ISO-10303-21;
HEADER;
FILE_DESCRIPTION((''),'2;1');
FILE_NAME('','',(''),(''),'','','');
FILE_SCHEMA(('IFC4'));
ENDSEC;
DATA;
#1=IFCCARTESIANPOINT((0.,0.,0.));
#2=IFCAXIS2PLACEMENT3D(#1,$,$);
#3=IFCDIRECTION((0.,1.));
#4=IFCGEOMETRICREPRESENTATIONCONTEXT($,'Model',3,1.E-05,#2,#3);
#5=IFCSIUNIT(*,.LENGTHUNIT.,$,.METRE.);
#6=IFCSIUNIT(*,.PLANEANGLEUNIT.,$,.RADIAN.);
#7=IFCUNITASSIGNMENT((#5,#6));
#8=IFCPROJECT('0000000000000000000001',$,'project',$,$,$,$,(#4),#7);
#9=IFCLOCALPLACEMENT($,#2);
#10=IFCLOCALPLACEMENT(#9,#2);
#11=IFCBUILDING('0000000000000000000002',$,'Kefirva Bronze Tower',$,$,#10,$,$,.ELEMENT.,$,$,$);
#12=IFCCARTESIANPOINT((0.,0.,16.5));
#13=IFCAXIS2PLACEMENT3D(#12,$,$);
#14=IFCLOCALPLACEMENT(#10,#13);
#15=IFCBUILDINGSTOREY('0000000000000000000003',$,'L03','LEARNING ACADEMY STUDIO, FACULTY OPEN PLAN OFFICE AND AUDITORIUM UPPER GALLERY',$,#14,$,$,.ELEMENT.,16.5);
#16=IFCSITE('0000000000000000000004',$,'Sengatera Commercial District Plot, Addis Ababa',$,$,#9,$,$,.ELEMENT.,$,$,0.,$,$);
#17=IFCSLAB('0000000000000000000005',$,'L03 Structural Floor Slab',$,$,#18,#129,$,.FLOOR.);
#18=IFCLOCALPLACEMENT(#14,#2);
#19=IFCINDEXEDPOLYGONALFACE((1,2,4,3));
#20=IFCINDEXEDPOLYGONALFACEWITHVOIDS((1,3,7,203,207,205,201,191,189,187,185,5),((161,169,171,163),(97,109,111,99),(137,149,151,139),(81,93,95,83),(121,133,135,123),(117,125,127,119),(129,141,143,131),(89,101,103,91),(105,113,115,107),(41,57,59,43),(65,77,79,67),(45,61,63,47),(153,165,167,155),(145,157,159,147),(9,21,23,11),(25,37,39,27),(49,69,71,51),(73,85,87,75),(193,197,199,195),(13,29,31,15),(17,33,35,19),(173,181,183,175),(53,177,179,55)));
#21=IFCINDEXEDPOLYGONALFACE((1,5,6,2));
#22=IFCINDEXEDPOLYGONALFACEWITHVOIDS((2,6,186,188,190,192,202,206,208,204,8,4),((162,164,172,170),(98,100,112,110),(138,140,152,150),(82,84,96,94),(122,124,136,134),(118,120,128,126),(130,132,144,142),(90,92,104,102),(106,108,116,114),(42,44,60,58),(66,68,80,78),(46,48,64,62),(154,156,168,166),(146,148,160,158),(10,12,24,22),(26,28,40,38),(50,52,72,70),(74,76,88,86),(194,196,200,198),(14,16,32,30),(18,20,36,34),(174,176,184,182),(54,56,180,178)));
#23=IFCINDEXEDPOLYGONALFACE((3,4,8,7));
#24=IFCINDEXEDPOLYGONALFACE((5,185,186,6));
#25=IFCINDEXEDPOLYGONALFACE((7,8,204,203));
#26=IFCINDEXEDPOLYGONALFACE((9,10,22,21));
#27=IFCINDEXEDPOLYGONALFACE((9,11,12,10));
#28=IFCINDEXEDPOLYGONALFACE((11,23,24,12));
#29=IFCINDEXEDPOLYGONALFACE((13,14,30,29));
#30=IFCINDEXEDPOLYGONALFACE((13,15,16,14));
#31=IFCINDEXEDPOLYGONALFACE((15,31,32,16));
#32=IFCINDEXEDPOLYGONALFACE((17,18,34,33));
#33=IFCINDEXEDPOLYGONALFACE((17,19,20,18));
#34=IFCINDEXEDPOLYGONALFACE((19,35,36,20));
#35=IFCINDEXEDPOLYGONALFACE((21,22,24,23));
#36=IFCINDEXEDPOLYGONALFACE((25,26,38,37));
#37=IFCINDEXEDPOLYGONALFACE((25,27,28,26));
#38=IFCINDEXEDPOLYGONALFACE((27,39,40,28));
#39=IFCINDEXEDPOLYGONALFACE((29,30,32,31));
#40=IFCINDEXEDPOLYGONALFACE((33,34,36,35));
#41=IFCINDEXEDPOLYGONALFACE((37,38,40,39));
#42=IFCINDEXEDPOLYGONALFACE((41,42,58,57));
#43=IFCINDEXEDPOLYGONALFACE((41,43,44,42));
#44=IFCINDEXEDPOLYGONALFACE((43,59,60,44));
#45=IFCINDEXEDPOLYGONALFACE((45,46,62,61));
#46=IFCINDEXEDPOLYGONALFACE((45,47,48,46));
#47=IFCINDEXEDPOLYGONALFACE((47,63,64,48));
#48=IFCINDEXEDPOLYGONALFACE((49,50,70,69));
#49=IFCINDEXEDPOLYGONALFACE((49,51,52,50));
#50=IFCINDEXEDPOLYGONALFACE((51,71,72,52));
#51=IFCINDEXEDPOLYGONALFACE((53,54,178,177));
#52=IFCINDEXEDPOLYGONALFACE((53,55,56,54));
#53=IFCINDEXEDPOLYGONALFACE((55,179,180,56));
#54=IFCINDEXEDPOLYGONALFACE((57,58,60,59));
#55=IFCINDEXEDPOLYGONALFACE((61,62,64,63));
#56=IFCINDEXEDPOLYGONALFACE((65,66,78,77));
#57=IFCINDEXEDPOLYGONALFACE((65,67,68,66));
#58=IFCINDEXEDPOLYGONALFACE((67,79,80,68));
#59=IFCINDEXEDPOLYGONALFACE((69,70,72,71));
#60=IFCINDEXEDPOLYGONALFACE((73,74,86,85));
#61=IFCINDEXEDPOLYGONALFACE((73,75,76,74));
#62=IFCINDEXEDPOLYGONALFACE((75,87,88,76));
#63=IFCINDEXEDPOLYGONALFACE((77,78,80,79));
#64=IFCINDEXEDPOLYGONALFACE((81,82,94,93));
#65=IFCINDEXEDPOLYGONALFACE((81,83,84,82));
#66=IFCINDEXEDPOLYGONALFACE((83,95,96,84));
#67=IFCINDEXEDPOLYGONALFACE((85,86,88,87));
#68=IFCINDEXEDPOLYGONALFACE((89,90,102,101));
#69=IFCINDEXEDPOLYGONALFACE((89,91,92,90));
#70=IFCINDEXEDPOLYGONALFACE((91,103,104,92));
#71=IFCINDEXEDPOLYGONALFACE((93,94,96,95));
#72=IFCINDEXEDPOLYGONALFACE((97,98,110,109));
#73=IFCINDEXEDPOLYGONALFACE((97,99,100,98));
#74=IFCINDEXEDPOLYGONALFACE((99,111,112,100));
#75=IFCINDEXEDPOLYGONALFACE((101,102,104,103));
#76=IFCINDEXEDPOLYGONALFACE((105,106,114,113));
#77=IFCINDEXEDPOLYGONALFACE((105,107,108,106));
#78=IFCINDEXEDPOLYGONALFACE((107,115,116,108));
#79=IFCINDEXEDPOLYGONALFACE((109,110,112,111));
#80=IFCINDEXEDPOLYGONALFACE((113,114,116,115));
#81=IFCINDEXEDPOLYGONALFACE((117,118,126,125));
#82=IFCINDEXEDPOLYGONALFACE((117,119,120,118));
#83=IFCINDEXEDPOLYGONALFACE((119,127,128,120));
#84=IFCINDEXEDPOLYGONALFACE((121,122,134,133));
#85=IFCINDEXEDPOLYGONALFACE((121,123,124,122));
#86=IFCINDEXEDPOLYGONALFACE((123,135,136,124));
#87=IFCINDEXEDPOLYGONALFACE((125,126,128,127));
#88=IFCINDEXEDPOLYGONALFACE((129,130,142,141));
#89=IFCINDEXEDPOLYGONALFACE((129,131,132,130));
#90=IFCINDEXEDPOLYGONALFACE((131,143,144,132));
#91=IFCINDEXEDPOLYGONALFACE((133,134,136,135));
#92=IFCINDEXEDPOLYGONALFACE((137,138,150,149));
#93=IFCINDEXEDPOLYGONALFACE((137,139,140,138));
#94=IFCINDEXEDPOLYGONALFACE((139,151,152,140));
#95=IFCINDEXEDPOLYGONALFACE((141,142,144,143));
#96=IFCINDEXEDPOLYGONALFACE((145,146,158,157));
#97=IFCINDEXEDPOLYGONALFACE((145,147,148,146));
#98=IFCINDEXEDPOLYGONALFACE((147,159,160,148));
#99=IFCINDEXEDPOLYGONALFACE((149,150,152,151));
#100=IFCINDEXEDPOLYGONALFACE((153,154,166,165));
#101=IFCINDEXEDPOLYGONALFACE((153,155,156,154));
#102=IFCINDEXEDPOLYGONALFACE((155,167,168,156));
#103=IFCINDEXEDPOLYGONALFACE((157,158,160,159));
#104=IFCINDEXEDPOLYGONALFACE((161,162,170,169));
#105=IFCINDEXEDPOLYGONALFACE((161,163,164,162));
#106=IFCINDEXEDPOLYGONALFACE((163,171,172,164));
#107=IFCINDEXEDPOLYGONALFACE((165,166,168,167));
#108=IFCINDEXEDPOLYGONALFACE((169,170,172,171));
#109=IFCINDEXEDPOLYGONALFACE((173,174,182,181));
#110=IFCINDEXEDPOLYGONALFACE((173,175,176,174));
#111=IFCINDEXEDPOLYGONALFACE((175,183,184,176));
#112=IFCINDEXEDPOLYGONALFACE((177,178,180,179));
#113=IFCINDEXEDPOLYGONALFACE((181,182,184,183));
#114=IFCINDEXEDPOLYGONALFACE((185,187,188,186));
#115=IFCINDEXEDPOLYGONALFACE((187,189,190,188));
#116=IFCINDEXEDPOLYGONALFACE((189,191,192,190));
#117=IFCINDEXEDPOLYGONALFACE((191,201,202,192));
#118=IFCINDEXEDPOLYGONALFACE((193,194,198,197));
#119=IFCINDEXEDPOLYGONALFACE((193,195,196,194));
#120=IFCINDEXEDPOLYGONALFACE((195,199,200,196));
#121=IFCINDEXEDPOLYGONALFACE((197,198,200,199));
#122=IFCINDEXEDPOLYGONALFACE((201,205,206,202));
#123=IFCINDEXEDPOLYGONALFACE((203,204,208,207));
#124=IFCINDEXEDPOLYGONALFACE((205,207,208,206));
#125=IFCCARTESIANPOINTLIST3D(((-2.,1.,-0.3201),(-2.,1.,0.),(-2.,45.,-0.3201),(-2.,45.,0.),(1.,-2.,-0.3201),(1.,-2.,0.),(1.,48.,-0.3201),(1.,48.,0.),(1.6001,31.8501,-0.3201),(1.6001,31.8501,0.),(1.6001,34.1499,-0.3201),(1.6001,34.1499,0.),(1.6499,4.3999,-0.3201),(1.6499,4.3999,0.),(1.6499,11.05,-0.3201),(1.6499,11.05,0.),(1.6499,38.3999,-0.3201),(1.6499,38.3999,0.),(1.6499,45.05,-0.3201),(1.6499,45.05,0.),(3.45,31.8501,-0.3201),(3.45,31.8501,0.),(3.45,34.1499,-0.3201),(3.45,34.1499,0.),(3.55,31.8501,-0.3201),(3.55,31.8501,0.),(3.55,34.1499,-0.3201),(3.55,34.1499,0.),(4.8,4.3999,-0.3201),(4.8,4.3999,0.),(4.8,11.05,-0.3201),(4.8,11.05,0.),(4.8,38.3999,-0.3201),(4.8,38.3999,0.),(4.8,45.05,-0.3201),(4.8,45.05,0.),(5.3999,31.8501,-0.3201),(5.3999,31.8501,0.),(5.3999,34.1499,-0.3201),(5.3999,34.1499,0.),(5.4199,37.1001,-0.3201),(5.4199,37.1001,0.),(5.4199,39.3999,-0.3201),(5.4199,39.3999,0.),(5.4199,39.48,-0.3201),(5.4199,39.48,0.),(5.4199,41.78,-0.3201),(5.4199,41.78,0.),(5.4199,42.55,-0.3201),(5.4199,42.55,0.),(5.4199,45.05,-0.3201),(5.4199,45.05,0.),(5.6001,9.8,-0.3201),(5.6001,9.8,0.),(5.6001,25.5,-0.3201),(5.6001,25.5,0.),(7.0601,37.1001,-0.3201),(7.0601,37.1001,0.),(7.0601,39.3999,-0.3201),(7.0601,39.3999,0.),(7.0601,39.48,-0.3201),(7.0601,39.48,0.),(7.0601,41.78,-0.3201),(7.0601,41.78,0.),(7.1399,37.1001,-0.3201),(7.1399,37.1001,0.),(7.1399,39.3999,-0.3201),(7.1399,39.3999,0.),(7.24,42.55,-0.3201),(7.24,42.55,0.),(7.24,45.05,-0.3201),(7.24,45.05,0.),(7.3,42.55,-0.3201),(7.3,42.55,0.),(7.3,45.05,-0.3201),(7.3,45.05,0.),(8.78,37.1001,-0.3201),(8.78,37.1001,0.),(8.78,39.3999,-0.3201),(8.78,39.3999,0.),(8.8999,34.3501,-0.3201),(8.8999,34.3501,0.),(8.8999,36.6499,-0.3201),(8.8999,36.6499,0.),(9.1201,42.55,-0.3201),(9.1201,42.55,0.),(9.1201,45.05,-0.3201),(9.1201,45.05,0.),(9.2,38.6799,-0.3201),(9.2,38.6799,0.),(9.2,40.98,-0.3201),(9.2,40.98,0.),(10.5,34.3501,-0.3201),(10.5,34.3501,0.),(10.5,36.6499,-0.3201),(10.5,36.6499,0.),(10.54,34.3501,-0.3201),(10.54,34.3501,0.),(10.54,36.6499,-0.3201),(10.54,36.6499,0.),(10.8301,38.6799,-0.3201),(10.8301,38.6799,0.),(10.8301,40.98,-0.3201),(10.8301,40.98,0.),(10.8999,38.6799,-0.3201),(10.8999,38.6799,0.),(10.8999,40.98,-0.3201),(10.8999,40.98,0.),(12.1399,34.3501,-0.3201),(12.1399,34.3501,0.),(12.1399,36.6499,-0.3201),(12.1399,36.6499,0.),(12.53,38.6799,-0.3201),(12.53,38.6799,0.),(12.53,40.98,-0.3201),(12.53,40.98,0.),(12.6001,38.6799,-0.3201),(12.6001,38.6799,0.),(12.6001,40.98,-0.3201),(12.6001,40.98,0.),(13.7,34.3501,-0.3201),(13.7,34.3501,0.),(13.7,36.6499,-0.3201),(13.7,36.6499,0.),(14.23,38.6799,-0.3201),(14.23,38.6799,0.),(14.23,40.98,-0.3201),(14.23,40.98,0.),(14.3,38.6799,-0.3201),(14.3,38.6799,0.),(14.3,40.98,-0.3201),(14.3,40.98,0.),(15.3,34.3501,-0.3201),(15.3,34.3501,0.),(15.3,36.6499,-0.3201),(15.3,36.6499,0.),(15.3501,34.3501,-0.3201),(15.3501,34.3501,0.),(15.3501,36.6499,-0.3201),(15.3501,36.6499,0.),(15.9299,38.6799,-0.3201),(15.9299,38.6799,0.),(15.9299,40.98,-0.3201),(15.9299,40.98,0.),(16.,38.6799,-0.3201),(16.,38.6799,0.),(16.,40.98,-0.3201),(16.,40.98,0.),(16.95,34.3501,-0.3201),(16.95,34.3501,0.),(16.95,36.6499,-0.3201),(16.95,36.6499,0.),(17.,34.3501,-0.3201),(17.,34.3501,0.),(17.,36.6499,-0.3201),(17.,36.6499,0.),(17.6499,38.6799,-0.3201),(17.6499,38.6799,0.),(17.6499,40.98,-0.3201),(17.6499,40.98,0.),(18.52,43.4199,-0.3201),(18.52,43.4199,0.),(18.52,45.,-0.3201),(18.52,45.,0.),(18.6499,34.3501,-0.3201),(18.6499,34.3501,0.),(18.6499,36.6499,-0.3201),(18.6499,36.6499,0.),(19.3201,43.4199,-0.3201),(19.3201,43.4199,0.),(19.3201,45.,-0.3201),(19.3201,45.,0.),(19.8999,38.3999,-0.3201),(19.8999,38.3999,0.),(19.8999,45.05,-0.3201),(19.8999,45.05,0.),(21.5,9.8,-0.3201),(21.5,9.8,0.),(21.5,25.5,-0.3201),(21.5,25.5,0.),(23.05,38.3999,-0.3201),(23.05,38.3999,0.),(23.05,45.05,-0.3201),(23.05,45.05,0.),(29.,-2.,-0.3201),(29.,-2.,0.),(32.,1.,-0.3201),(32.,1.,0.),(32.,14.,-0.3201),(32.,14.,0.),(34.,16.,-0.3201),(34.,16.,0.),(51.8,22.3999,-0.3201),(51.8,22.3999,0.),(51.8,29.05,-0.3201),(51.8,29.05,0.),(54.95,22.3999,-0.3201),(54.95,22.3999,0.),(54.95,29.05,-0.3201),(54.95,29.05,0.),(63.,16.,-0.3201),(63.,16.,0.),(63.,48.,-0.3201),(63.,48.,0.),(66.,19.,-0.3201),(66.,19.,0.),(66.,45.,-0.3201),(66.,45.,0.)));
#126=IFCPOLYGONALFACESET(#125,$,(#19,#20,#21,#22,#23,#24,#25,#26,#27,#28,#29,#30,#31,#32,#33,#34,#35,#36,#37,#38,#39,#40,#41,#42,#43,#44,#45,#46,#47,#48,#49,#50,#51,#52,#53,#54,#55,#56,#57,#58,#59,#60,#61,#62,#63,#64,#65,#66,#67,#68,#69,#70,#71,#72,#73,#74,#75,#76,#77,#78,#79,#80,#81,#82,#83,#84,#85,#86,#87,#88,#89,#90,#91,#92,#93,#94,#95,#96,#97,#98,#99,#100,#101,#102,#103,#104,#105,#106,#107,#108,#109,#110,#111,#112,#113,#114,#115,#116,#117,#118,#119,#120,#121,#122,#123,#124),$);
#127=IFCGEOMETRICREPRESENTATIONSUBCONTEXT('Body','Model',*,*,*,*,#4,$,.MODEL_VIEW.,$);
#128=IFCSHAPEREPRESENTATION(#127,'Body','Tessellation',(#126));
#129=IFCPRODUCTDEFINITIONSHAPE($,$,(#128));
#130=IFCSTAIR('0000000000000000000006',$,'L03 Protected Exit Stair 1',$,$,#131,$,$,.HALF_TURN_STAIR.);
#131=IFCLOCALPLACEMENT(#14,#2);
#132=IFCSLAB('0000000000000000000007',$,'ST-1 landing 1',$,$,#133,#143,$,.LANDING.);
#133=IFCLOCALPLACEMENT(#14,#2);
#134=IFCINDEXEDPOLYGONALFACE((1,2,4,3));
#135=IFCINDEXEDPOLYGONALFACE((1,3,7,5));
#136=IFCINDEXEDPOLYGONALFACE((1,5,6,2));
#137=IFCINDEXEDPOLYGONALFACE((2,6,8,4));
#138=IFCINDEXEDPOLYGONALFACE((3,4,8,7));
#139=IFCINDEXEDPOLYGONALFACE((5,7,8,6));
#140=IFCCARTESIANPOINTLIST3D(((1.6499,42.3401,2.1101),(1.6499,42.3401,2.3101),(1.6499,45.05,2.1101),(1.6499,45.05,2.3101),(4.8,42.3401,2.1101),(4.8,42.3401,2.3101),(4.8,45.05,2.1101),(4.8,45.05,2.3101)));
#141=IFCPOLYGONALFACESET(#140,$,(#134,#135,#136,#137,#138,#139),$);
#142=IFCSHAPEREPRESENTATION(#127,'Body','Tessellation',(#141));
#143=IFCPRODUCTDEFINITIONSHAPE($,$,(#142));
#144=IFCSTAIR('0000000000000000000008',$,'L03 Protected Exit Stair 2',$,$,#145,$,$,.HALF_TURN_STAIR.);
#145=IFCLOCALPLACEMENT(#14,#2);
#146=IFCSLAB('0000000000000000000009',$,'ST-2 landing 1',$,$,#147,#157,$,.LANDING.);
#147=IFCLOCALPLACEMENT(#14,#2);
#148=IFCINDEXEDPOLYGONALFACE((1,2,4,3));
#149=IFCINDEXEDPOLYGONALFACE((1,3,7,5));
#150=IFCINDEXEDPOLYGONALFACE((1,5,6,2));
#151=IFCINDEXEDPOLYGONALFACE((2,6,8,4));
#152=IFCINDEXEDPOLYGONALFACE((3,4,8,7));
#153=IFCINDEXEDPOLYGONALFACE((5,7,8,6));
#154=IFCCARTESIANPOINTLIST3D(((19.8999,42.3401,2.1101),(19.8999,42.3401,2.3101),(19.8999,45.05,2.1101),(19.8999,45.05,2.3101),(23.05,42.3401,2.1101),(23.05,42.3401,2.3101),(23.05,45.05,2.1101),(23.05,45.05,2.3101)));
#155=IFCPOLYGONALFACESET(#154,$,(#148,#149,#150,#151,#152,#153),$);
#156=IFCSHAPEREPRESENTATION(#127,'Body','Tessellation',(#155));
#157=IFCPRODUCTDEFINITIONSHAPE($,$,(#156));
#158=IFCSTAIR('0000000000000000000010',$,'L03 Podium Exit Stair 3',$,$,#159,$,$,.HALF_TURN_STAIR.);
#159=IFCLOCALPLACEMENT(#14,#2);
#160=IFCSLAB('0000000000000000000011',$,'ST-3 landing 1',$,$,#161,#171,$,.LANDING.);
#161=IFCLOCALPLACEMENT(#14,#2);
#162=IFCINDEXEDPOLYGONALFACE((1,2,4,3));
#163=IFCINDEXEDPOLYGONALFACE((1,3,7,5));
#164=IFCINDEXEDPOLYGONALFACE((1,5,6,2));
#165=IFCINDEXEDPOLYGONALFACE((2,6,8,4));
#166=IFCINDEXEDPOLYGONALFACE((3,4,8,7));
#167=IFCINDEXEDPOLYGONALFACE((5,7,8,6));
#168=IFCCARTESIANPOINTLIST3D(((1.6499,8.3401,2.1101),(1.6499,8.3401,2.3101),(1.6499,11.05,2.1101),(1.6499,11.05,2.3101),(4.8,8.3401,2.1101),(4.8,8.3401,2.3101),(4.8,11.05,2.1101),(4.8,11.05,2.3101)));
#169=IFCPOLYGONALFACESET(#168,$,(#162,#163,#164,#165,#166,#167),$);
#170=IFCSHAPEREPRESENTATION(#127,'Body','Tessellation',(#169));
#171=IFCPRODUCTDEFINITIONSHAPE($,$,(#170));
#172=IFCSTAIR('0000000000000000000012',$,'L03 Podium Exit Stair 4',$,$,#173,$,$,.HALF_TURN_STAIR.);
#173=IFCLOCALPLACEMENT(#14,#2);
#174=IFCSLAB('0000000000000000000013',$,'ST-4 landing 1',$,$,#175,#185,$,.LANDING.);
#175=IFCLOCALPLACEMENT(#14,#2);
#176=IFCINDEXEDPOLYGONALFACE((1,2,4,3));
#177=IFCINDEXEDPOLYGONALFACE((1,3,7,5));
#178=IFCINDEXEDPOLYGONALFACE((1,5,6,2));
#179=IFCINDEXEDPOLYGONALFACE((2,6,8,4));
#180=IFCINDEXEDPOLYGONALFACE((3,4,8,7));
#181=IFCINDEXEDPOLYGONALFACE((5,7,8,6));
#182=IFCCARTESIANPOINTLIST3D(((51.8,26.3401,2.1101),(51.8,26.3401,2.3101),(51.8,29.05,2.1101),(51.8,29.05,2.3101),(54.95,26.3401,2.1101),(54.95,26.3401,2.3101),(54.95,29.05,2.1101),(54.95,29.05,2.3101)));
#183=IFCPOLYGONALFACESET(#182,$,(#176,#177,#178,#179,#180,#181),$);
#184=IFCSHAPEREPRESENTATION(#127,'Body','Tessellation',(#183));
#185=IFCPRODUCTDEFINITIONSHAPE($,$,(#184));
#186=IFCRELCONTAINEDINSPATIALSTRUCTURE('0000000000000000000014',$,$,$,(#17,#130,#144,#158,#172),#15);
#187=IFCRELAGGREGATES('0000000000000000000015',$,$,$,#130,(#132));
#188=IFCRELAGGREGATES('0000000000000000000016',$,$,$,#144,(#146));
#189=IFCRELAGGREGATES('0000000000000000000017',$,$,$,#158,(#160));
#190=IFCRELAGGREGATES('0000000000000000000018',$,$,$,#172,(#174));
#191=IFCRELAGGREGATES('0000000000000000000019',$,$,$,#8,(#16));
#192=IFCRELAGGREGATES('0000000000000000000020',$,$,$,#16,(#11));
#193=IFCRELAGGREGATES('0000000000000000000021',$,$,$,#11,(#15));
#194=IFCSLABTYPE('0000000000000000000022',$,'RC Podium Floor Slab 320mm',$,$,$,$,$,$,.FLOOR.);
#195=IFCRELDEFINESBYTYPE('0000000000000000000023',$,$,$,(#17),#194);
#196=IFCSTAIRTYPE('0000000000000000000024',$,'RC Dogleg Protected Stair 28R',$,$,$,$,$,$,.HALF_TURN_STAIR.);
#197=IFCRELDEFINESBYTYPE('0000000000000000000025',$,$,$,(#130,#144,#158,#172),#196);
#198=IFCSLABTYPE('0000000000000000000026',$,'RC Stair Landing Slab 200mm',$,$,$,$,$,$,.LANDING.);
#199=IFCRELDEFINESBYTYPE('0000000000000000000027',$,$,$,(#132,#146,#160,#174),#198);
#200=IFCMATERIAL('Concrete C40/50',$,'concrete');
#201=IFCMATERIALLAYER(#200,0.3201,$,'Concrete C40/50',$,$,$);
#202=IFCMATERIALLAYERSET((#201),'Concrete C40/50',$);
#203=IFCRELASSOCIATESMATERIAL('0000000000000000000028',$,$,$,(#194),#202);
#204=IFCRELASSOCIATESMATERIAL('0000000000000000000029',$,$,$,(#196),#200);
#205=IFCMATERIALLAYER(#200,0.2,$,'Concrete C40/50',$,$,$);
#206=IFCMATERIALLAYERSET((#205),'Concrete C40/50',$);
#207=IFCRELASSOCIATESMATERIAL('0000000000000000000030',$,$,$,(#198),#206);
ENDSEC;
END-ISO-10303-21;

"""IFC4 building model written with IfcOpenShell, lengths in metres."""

from ifc_helpers import new_model, si_unit, direction, frame, origin, place, context, subcontext, project, spatial, polyline, outline, extrude, material, layer, layer_set, type_object, element, aggregate, save


model = new_model("IFC4")

# Units and contexts
model_context = context("Model", 3, precision=1e-05, world=origin(), true_north=direction((0.0, 1.0)))
body_context = subcontext(model_context, "Body", "Model", "MODEL_VIEW")
ifc_project = project(units=[si_unit("LENGTHUNIT", "METRE"), si_unit("PLANEANGLEUNIT", "RADIAN")], contexts=[model_context])

# Site, building, storey
site_placement = place(None, origin())
site = spatial("IfcSite", under=ifc_project, at=site_placement, Name="Sengatera Commercial District Plot, Addis Ababa", CompositionType="ELEMENT", RefElevation=0.0)
building_placement = place(site_placement, origin())
building = spatial("IfcBuilding", under=site, at=building_placement, Name="Kefirva Bronze Tower", CompositionType="ELEMENT")
storey_placement = place(building_placement, frame((0.0, 0.0, 16.5)))
storey = spatial("IfcBuildingStorey", under=building, at=storey_placement, Name="L03", Description="LEARNING ACADEMY STUDIO, FACULTY OPEN PLAN OFFICE AND AUDITORIUM UPPER GALLERY", CompositionType="ELEMENT", Elevation=16.5)

# Slab
ifc_material_1 = material(Name="Concrete C40/50", Category="concrete")
ifc_layer_1 = layer(ifc_material_1, 0.3201, Name="Concrete C40/50")
ifc_layer_set_1 = layer_set([ifc_layer_1], Name="Concrete C40/50")
slab_type_1 = type_object("IfcSlabType", Name="RC Podium Floor Slab 320mm", PredefinedType="FLOOR", material=ifc_layer_set_1)
slab_1_placement = place(storey_placement, frame((0.0, 0.0, -0.3201)))
element("IfcSlab", 1, at=slab_1_placement, inside=storey, type_object=slab_type_1, Name="L03 Structural Floor Slab", PredefinedType="FLOOR", context=body_context, shape_type="SweptSolid", body=[
    extrude(outline(polyline([(-2.0, 1.0), (-2.0, 45.0), (1.0, 48.0), (63.0, 48.0), (66.0, 45.0), (66.0, 19.0), (63.0, 16.0), (34.0, 16.0), (32.0, 14.0), (32.0, 1.0), (29.0, -2.0), (1.0, -2.0), (-2.0, 1.0)]), holes=[polyline([(51.8, 22.3999), (54.95, 22.3999), (54.95, 29.05), (51.8, 29.05), (51.8, 22.3999)]), polyline([(19.8999, 38.3999), (23.05, 38.3999), (23.05, 45.05), (19.8999, 45.05), (19.8999, 38.3999)]), polyline([(5.6001, 9.8), (21.5, 9.8), (21.5, 25.5), (5.6001, 25.5), (5.6001, 9.8)]), polyline([(18.52, 43.4199), (19.3201, 43.4199), (19.3201, 45.0), (18.52, 45.0), (18.52, 43.4199)]), polyline([(17.0, 34.3501), (18.6499, 34.3501), (18.6499, 36.6499), (17.0, 36.6499), (17.0, 34.3501)]), polyline([(17.6499, 38.6799), (17.6499, 40.98), (16.0, 40.98), (16.0, 38.6799), (17.6499, 38.6799)]), polyline([(15.3501, 34.3501), (16.95, 34.3501), (16.95, 36.6499), (15.3501, 36.6499), (15.3501, 34.3501)]), polyline([(14.3, 38.6799), (15.9299, 38.6799), (15.9299, 40.98), (14.3, 40.98), (14.3, 38.6799)]), polyline([(15.3, 34.3501), (15.3, 36.6499), (13.7, 36.6499), (13.7, 34.3501), (15.3, 34.3501)]), polyline([(12.6001, 38.6799), (14.23, 38.6799), (14.23, 40.98), (12.6001, 40.98), (12.6001, 38.6799)]), polyline([(12.53, 38.6799), (12.53, 40.98), (10.8999, 40.98), (10.8999, 38.6799), (12.53, 38.6799)]), polyline([(10.54, 34.3501), (12.1399, 34.3501), (12.1399, 36.6499), (10.54, 36.6499), (10.54, 34.3501)]), polyline([(9.2, 38.6799), (10.8301, 38.6799), (10.8301, 40.98), (9.2, 40.98), (9.2, 38.6799)]), polyline([(8.8999, 34.3501), (10.5, 34.3501), (10.5, 36.6499), (8.8999, 36.6499), (8.8999, 34.3501)]), polyline([(9.1201, 42.55), (9.1201, 45.05), (7.3, 45.05), (7.3, 42.55), (9.1201, 42.55)]), polyline([(7.1399, 37.1001), (8.78, 37.1001), (8.78, 39.3999), (7.1399, 39.3999), (7.1399, 37.1001)]), polyline([(5.4199, 42.55), (7.24, 42.55), (7.24, 45.05), (5.4199, 45.05), (5.4199, 42.55)]), polyline([(7.0601, 39.48), (7.0601, 41.78), (5.4199, 41.78), (5.4199, 39.48), (7.0601, 39.48)]), polyline([(7.0601, 37.1001), (7.0601, 39.3999), (5.4199, 39.3999), (5.4199, 37.1001), (7.0601, 37.1001)]), polyline([(5.3999, 31.8501), (5.3999, 34.1499), (3.55, 34.1499), (3.55, 31.8501), (5.3999, 31.8501)]), polyline([(1.6499, 38.3999), (4.8, 38.3999), (4.8, 45.05), (1.6499, 45.05), (1.6499, 38.3999)]), polyline([(4.8, 4.3999), (4.8, 11.05), (1.6499, 11.05), (1.6499, 4.3999), (4.8, 4.3999)]), polyline([(3.45, 31.8501), (3.45, 34.1499), (1.6001, 34.1499), (1.6001, 31.8501), (3.45, 31.8501)])]), origin(), (0.0, 0.0, 1.0), 0.3201),
])

# Stairs, slabs
stair_type = type_object("IfcStairType", Name="RC Dogleg Protected Stair 28R", PredefinedType="HALF_TURN_STAIR", material=ifc_material_1)
stair_1_placement = place(storey_placement, origin())
stair_1 = element("IfcStair", 2, at=stair_1_placement, inside=storey, type_object=stair_type, Name="L03 Protected Exit Stair 1", PredefinedType="HALF_TURN_STAIR")
ifc_layer_2 = layer(ifc_material_1, 0.2, Name="Concrete C40/50")
ifc_layer_set_2 = layer_set([ifc_layer_2], Name="Concrete C40/50")
slab_type_2 = type_object("IfcSlabType", Name="RC Stair Landing Slab 200mm", PredefinedType="LANDING", material=ifc_layer_set_2)
slab_2_placement = place(storey_placement, frame((0.0, 0.0, 2.1101)))
slab_2 = element("IfcSlab", 3, at=slab_2_placement, type_object=slab_type_2, Name="ST-1 landing 1", PredefinedType="LANDING", context=body_context, shape_type="SweptSolid", body=[
    extrude(outline(polyline([(4.8, 42.3401), (4.8, 45.05), (1.6499, 45.05), (1.6499, 42.3401), (4.8, 42.3401)])), origin(), (0.0, 0.0, 1.0), 0.2),
])
aggregate(stair_1, [slab_2])
stair_2_placement = place(storey_placement, origin())
stair_2 = element("IfcStair", 4, at=stair_2_placement, inside=storey, type_object=stair_type, Name="L03 Protected Exit Stair 2", PredefinedType="HALF_TURN_STAIR")
slab_3_placement = place(storey_placement, frame((0.0, 0.0, 2.1101)))
slab_3 = element("IfcSlab", 5, at=slab_3_placement, type_object=slab_type_2, Name="ST-2 landing 1", PredefinedType="LANDING", context=body_context, shape_type="SweptSolid", body=[
    extrude(outline(polyline([(23.05, 42.3401), (23.05, 45.05), (19.8999, 45.05), (19.8999, 42.3401), (23.05, 42.3401)])), origin(), (0.0, 0.0, 1.0), 0.2),
])
aggregate(stair_2, [slab_3])
stair_3_placement = place(storey_placement, origin())
stair_3 = element("IfcStair", 6, at=stair_3_placement, inside=storey, type_object=stair_type, Name="L03 Podium Exit Stair 3", PredefinedType="HALF_TURN_STAIR")
slab_4_placement = place(storey_placement, frame((0.0, 0.0, 2.1101)))
slab_4 = element("IfcSlab", 7, at=slab_4_placement, type_object=slab_type_2, Name="ST-3 landing 1", PredefinedType="LANDING", context=body_context, shape_type="SweptSolid", body=[
    extrude(outline(polyline([(4.8, 8.3401), (4.8, 11.05), (1.6499, 11.05), (1.6499, 8.3401), (4.8, 8.3401)])), origin(), (0.0, 0.0, 1.0), 0.2),
])
aggregate(stair_3, [slab_4])
stair_4_placement = place(storey_placement, origin())
stair_4 = element("IfcStair", 8, at=stair_4_placement, inside=storey, type_object=stair_type, Name="L03 Podium Exit Stair 4", PredefinedType="HALF_TURN_STAIR")
slab_5_placement = place(storey_placement, frame((0.0, 0.0, 2.1101)))
slab_5 = element("IfcSlab", 9, at=slab_5_placement, type_object=slab_type_2, Name="ST-4 landing 1", PredefinedType="LANDING", context=body_context, shape_type="SweptSolid", body=[
    extrude(outline(polyline([(54.95, 26.3401), (54.95, 29.05), (51.8, 29.05), (51.8, 26.3401), (54.95, 26.3401)])), origin(), (0.0, 0.0, 1.0), 0.2),
])
aggregate(stair_4, [slab_5])

save(model, "model.ifc")
